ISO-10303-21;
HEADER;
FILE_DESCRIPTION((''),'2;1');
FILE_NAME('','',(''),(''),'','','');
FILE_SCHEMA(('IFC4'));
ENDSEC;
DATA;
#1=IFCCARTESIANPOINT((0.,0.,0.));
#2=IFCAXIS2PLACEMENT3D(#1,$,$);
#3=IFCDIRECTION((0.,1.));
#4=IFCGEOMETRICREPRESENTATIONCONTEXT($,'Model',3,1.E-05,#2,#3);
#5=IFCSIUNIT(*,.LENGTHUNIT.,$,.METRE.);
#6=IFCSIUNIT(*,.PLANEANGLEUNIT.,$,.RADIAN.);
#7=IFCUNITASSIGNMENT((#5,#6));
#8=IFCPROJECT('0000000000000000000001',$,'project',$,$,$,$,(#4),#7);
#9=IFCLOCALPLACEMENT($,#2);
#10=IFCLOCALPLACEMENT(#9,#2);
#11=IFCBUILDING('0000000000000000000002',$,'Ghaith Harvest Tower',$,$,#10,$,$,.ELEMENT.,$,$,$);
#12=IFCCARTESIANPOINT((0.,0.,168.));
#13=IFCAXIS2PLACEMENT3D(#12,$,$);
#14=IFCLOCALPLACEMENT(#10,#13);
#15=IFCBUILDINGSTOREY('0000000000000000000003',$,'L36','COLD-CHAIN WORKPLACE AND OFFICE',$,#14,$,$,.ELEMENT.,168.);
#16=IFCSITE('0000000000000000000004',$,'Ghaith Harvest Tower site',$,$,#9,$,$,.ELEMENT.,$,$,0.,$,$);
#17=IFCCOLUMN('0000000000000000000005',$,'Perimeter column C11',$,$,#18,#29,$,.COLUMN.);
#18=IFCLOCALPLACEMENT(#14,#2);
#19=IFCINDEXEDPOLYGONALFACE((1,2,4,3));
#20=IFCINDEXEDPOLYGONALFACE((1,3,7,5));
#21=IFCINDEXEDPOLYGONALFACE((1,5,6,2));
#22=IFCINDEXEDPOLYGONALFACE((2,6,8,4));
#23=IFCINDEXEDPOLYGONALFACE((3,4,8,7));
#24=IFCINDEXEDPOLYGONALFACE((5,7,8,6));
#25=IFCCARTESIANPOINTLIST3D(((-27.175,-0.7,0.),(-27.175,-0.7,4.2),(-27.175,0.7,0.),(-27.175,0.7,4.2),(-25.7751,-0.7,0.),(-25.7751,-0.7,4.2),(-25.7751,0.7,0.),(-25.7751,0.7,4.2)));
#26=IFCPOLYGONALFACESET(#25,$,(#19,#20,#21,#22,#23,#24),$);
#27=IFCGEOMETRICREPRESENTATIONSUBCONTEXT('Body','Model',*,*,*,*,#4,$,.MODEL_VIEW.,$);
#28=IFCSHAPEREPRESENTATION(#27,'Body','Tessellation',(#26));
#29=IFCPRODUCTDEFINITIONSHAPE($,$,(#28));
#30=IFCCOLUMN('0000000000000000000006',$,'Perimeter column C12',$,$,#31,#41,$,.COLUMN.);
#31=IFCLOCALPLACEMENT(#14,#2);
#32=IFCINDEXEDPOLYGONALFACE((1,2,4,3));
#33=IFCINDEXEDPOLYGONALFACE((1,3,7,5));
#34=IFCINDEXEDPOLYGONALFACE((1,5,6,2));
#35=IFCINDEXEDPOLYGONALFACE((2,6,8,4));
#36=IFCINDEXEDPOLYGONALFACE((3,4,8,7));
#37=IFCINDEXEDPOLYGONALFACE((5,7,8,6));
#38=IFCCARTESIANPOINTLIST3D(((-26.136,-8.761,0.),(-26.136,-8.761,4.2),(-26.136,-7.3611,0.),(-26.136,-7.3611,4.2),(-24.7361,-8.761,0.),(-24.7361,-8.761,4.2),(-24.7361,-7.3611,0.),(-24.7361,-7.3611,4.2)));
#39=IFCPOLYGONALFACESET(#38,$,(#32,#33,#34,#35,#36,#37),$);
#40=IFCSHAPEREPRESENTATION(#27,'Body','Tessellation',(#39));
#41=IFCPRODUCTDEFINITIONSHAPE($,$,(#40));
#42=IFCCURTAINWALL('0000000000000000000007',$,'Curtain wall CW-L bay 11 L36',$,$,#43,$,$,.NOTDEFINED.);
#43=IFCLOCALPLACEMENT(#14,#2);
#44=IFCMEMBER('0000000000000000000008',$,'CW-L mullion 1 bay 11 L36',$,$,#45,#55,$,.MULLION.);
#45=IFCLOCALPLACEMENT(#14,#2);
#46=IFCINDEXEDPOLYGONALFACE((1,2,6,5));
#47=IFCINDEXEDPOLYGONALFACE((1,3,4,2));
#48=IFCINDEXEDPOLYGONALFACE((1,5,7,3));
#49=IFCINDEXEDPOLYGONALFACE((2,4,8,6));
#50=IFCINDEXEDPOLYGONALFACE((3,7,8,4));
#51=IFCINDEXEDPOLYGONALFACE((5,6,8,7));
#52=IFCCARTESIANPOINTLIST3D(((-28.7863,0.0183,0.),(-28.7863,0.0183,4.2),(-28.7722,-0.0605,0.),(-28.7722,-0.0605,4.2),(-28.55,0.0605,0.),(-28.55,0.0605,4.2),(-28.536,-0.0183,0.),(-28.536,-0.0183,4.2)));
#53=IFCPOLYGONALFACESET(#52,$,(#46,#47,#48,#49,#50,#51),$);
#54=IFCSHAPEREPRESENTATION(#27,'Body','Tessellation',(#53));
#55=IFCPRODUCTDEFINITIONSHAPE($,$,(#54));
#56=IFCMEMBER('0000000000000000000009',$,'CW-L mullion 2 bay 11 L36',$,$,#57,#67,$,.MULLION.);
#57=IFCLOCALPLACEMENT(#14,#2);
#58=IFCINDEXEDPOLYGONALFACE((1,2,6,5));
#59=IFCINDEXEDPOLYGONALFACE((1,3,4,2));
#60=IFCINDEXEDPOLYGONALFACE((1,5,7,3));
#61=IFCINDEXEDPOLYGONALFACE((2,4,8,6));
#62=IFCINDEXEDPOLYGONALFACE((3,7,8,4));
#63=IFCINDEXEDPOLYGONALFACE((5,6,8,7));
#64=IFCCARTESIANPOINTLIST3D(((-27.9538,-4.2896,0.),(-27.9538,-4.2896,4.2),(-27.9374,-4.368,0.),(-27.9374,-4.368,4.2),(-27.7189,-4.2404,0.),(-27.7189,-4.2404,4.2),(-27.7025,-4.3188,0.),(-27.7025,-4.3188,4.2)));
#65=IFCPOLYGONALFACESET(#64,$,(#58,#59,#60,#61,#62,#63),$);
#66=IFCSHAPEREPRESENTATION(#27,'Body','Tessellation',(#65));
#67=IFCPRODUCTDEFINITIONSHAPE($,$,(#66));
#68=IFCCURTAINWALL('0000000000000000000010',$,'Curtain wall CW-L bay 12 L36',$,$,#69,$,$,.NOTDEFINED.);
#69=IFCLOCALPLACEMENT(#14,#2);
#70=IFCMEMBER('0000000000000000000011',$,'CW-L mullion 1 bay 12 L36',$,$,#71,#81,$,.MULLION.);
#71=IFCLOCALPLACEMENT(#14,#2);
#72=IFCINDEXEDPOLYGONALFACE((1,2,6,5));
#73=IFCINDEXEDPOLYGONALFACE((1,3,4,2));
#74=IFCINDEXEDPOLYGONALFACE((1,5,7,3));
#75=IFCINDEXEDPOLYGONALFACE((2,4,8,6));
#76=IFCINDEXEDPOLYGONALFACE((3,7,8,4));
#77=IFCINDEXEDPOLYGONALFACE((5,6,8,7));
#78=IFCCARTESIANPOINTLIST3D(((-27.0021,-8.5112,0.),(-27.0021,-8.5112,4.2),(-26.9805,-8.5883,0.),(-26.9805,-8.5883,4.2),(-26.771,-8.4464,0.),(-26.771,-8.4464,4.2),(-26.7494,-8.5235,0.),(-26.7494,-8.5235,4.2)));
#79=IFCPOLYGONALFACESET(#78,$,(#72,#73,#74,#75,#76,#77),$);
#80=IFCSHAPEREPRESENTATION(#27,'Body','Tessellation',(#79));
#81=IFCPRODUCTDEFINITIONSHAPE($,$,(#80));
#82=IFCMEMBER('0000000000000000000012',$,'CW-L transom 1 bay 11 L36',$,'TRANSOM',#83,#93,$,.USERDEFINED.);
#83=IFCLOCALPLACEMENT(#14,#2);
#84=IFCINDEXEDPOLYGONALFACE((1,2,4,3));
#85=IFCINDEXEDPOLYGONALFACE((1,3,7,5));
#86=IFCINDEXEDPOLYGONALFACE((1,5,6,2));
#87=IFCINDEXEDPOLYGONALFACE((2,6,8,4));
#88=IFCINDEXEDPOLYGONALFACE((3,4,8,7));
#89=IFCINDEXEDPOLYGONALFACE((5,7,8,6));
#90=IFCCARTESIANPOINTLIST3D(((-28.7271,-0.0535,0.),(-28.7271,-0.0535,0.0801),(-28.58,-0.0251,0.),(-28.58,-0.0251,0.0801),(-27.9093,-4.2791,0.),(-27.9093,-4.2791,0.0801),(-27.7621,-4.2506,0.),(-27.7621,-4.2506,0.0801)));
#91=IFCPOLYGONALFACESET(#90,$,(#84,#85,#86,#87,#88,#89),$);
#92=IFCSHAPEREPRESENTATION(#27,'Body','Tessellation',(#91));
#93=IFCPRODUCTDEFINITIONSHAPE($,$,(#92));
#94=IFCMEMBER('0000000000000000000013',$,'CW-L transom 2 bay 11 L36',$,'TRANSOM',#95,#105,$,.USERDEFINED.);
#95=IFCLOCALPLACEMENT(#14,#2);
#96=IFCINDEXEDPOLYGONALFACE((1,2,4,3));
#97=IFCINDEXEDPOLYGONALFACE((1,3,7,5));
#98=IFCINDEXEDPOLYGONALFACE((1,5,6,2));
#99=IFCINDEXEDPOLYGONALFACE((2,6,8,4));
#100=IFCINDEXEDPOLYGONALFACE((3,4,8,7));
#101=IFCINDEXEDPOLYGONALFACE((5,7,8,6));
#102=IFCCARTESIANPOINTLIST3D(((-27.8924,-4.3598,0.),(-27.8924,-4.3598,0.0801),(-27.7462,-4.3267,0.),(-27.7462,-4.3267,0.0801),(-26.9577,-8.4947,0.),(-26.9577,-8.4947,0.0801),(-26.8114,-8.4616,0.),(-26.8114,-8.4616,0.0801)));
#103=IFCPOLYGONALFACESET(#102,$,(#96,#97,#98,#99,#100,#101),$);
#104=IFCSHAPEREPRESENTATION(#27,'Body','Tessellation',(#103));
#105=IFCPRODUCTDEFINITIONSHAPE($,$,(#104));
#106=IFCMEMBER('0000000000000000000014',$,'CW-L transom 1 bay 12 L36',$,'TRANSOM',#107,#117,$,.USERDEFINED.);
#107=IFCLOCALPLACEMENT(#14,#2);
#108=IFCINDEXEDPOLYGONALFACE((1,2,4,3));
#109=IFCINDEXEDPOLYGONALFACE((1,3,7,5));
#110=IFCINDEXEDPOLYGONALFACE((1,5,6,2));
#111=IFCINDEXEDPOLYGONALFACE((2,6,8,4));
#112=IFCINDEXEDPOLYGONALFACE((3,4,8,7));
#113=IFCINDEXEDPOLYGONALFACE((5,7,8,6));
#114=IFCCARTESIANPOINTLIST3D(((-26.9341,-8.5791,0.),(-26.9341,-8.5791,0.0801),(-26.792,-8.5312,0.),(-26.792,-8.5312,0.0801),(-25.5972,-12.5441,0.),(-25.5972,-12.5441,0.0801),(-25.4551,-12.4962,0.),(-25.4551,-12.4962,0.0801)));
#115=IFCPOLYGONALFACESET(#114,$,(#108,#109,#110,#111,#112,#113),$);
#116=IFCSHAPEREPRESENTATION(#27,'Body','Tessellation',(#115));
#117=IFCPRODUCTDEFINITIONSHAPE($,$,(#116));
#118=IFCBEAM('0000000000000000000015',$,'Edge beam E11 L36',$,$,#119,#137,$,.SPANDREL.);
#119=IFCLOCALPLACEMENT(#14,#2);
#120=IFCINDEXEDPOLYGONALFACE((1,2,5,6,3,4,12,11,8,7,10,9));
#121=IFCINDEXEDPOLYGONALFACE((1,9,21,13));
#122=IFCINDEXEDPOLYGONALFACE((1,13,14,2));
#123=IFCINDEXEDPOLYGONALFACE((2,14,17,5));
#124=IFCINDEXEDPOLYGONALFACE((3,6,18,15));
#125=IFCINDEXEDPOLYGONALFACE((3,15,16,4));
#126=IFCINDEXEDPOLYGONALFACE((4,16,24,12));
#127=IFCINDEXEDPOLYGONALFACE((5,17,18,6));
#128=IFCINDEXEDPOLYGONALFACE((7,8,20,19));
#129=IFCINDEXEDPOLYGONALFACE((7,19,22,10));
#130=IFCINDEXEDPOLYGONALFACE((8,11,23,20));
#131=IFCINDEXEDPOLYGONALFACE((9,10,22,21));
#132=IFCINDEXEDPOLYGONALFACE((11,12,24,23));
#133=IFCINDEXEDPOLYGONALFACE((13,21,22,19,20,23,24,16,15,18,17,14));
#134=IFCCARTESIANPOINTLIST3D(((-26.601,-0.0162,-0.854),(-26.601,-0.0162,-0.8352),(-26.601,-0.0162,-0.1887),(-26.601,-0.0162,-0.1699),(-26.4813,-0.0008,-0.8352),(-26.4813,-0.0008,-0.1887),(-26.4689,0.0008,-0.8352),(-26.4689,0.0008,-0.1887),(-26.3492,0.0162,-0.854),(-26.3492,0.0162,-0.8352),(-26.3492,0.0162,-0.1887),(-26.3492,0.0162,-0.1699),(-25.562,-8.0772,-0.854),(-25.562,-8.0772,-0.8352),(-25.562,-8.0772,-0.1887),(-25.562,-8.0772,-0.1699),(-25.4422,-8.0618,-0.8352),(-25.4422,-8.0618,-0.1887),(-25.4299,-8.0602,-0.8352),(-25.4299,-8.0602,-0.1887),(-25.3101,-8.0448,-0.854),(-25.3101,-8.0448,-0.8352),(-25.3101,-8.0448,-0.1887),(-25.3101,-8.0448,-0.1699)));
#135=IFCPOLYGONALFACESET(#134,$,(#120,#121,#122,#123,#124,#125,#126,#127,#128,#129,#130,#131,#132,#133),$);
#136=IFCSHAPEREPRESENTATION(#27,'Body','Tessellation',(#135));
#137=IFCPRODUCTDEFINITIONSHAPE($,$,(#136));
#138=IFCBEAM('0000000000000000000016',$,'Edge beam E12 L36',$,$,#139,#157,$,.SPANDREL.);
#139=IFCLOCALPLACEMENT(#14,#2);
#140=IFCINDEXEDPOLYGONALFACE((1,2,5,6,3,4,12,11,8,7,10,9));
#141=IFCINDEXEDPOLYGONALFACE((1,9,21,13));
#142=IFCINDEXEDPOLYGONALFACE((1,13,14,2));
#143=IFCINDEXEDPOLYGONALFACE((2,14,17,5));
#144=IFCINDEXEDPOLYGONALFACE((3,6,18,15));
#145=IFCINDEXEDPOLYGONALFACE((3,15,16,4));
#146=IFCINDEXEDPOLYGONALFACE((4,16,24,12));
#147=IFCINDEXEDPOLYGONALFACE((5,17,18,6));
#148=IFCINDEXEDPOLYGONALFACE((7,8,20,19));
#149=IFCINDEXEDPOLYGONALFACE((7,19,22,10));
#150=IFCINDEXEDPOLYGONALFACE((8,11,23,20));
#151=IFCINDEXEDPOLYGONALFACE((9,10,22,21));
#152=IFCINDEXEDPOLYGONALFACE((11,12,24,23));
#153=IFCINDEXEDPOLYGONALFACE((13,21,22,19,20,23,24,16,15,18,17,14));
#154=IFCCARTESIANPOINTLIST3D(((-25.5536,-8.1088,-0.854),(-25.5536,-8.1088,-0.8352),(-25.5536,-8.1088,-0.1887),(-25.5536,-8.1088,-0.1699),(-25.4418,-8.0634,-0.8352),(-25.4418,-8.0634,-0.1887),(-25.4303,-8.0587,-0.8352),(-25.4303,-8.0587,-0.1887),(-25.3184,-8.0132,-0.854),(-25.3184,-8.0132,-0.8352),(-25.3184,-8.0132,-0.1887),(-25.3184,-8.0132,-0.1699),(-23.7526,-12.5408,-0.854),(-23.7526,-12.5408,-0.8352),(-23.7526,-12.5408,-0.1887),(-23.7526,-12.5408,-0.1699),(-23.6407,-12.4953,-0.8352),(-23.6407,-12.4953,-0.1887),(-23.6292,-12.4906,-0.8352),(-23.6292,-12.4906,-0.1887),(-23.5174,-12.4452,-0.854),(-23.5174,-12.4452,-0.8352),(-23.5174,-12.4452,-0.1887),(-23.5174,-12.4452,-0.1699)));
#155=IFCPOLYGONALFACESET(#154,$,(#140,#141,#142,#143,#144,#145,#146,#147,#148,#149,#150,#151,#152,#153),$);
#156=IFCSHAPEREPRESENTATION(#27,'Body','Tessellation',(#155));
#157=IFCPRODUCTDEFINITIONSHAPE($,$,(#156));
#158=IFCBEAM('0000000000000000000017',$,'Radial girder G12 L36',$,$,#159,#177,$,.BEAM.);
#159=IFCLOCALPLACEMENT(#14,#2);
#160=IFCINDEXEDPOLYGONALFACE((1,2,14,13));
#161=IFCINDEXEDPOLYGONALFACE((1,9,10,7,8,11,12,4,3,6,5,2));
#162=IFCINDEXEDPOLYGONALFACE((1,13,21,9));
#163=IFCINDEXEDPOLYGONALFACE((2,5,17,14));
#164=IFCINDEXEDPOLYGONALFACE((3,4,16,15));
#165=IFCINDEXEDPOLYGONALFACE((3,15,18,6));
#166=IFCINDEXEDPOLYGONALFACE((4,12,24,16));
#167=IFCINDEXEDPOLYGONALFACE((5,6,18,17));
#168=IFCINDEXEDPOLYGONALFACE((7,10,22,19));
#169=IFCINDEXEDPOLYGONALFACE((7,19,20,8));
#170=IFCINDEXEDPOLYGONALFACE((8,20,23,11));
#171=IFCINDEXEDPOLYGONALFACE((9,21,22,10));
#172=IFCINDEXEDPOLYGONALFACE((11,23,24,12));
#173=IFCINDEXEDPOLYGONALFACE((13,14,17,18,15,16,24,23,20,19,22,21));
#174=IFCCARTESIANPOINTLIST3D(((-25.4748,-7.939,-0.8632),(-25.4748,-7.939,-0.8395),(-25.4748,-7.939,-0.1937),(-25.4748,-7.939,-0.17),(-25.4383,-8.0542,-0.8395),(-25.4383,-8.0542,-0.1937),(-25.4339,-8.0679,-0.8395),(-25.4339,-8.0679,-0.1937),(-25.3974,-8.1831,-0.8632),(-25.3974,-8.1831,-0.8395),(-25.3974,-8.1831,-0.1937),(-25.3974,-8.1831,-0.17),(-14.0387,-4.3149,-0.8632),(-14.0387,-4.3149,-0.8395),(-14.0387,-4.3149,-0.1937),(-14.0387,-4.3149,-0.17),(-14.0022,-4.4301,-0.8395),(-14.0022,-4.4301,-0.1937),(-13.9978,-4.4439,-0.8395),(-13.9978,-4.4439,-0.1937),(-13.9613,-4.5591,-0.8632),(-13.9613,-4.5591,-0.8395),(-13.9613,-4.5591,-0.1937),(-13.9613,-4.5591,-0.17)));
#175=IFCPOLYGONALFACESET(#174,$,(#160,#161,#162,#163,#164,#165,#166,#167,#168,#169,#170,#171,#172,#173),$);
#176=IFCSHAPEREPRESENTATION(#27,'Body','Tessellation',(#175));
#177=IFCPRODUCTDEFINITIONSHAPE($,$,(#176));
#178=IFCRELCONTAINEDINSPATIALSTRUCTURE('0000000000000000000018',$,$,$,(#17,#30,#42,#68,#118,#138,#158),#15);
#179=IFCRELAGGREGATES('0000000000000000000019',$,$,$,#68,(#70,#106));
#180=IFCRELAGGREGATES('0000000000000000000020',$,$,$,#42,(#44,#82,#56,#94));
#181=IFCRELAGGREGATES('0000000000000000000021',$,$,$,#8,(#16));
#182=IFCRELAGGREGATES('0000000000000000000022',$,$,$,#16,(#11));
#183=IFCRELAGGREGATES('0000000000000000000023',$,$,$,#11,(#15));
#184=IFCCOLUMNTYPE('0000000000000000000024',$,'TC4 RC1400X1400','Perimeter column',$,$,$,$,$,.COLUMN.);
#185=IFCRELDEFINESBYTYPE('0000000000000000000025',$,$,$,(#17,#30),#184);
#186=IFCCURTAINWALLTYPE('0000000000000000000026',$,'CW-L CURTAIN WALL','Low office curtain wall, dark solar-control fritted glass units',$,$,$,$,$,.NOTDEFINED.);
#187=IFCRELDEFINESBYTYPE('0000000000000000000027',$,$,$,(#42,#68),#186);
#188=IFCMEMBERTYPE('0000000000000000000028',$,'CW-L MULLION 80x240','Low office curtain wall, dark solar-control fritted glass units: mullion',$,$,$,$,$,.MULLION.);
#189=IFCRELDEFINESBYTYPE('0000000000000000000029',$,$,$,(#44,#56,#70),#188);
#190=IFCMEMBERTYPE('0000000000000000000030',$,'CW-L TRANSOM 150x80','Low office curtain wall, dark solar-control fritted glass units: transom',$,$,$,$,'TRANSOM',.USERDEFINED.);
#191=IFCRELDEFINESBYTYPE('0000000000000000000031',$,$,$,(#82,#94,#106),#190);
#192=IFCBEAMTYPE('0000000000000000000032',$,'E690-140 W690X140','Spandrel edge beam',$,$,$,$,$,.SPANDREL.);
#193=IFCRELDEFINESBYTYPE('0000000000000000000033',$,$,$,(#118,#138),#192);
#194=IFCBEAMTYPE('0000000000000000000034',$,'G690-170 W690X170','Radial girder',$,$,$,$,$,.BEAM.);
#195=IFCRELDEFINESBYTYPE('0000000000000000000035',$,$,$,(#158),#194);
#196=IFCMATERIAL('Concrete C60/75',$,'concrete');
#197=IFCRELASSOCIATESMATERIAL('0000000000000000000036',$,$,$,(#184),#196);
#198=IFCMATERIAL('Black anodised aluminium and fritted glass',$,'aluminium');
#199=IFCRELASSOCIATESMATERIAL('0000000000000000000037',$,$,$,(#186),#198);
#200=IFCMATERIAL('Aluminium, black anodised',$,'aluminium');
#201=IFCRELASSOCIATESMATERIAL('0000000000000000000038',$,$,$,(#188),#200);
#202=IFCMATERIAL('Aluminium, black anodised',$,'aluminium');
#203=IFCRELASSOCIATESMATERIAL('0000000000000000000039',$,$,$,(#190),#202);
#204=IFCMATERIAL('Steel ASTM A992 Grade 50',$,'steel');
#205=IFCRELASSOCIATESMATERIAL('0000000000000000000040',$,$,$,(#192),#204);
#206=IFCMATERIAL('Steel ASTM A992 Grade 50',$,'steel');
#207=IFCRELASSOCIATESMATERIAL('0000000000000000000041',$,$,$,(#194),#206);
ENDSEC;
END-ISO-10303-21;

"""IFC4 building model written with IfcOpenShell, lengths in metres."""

from ifc_helpers import new_model, si_unit, direction, frame, origin, origin_2d, place, context, subcontext, project, spatial, rectangle, i_section, extrude, material, material_profile, profile_set, type_object, element, aggregate, save


model = new_model("IFC4")

# Units and contexts
model_context = context("Model", 3, precision=1e-05, world=origin(), true_north=direction((0.0, 1.0)))
body_context = subcontext(model_context, "Body", "Model", "MODEL_VIEW")
ifc_project = project(units=[si_unit("LENGTHUNIT", "METRE"), si_unit("PLANEANGLEUNIT", "RADIAN")], contexts=[model_context])

# Site, building, storey
site_placement = place(None, origin())
site = spatial("IfcSite", under=ifc_project, at=site_placement, Name="Ghaith Harvest Tower site", CompositionType="ELEMENT", RefElevation=0.0)
building_placement = place(site_placement, origin())
building = spatial("IfcBuilding", under=site, at=building_placement, Name="Ghaith Harvest Tower", CompositionType="ELEMENT")
storey_placement = place(building_placement, frame((0.0, 0.0, 168.0)))
storey = spatial("IfcBuildingStorey", under=building, at=storey_placement, Name="L36", Description="COLD-CHAIN WORKPLACE AND OFFICE", CompositionType="ELEMENT", Elevation=168.0)

# Columns
ifc_material_1 = material(Name="Concrete C60/75", Category="concrete")
ifc_material_profile_1 = material_profile(ifc_material_1, rectangle(XDim=1.3999, YDim=1.3999, at=origin_2d()), Name="RC1400X1400")
ifc_profile_set_1 = profile_set([ifc_material_profile_1], Name="Concrete C60/75")
column_type = type_object("IfcColumnType", Name="TC4 RC1400X1400", Description="Perimeter column", PredefinedType="COLUMN", material=ifc_profile_set_1)
for number, where, z_axis, x_axis, name in (
    (1, (-26.4751, 0.0, 0.0), (0.0, 0.0, 1.0), (1.0, 0.0, 0.0), "Perimeter column C11"),
    (2, (-25.436, -8.061, 0.0), (0.0, 0.0, 1.0), (1.0, 0.0, 0.0), "Perimeter column C12"),
):
    element("IfcColumn", number, at=place(storey_placement, frame(where, z_axis=z_axis, x_axis=x_axis)), inside=storey, type_object=column_type, Name=name, PredefinedType="COLUMN", context=body_context, shape_type="SweptSolid", body=[
        extrude(rectangle(XDim=1.3999, YDim=1.3999, at=origin_2d()), origin(), (0.0, 0.0, 1.0), 4.2),
    ])

# Curtain wall, members
ifc_material_2 = material(Name="Black anodised aluminium and fritted glass", Category="aluminium")
curtain_wall_type = type_object("IfcCurtainWallType", Name="CW-L CURTAIN WALL", Description="Low office curtain wall, dark solar-control fritted glass units", PredefinedType="NOTDEFINED", material=ifc_material_2)
curtain_wall_1_placement = place(storey_placement, origin())
curtain_wall_1 = element("IfcCurtainWall", 3, at=curtain_wall_1_placement, inside=storey, type_object=curtain_wall_type, Name="Curtain wall CW-L bay 11 L36", PredefinedType="NOTDEFINED")
ifc_material_3 = material(Name="Aluminium, black anodised", Category="aluminium")
ifc_material_profile_2 = material_profile(ifc_material_3, rectangle(XDim=0.0801, YDim=0.24, at=origin_2d()), Name="CW-L MULLION 80x240")
ifc_profile_set_2 = profile_set([ifc_material_profile_2], Name="Aluminium, black anodised")
member_type_1 = type_object("IfcMemberType", Name="CW-L MULLION 80x240", Description="Low office curtain wall, dark solar-control fritted glass units: mullion", PredefinedType="MULLION", material=ifc_profile_set_2)
member_1_placement = place(storey_placement, frame((-28.6611, 0.0, 0.0), z_axis=(0.0, 0.0, 1.0), x_axis=(0.175827, -0.984421, 0.0)))
member_1 = element("IfcMember", 4, at=member_1_placement, type_object=member_type_1, Name="CW-L mullion 1 bay 11 L36", PredefinedType="MULLION", context=body_context, shape_type="SweptSolid", body=[
    extrude(rectangle(XDim=0.0801, YDim=0.24, at=origin_2d()), origin(), (0.0, 0.0, 1.0), 4.2),
])
member_2_placement = place(storey_placement, frame((-27.8281, -4.3042, 0.0), z_axis=(0.0, 0.0, 1.0), x_axis=(0.205176, -0.978725, 0.0)))
member_2 = element("IfcMember", 5, at=member_2_placement, type_object=member_type_1, Name="CW-L mullion 2 bay 11 L36", PredefinedType="MULLION", context=body_context, shape_type="SweptSolid", body=[
    extrude(rectangle(XDim=0.0801, YDim=0.24, at=origin_2d()), origin(), (0.0, 0.0, 1.0), 4.2),
])

# Curtain wall, member
curtain_wall_2_placement = place(storey_placement, origin())
curtain_wall_2 = element("IfcCurtainWall", 6, at=curtain_wall_2_placement, inside=storey, type_object=curtain_wall_type, Name="Curtain wall CW-L bay 12 L36", PredefinedType="NOTDEFINED")
member_3_placement = place(storey_placement, frame((-26.8757, -8.5173, 0.0), z_axis=(0.0, 0.0, 1.0), x_axis=(0.270019, -0.962855, 0.0)))
member_3 = element("IfcMember", 7, at=member_3_placement, type_object=member_type_1, Name="CW-L mullion 1 bay 12 L36", PredefinedType="MULLION", context=body_context, shape_type="SweptSolid", body=[
    extrude(rectangle(XDim=0.0801, YDim=0.24, at=origin_2d()), origin(), (0.0, 0.0, 1.0), 4.2),
])

# Members
ifc_material_4 = material(Name="Aluminium, black anodised", Category="aluminium")
ifc_material_profile_3 = material_profile(ifc_material_4, rectangle(XDim=0.1499, YDim=0.0801, at=origin_2d()), Name="CW-L TRANSOM 150x80")
ifc_profile_set_3 = profile_set([ifc_material_profile_3], Name="Aluminium, black anodised")
member_type_2 = type_object("IfcMemberType", Name="CW-L TRANSOM 150x80", Description="Low office curtain wall, dark solar-control fritted glass units: transom", ElementType="TRANSOM", PredefinedType="USERDEFINED", material=ifc_profile_set_3)
member_4_placement = place(storey_placement, frame((-28.6536, -0.0393, 0.04), z_axis=(0.190025, -0.981779, 0.0), x_axis=(0.981779, 0.190025, 0.0)))
member_4 = element("IfcMember", 8, at=member_4_placement, type_object=member_type_2, Name="CW-L transom 1 bay 11 L36", ObjectType="TRANSOM", PredefinedType="USERDEFINED", context=body_context, shape_type="SweptSolid", body=[
    extrude(rectangle(XDim=0.1499, YDim=0.0801, at=origin_2d()), origin(), (0.0, 0.0, 1.0), 4.304),
])
member_5_placement = place(storey_placement, frame((-27.8193, -4.3433, 0.04), z_axis=(0.220508, -0.975385, 0.0), x_axis=(0.975385, 0.220508, 0.0)))
member_5 = element("IfcMember", 9, at=member_5_placement, type_object=member_type_2, Name="CW-L transom 2 bay 11 L36", ObjectType="TRANSOM", PredefinedType="USERDEFINED", context=body_context, shape_type="SweptSolid", body=[
    extrude(rectangle(XDim=0.1499, YDim=0.0801, at=origin_2d()), origin(), (0.0, 0.0, 1.0), 4.2393),
])
member_6_placement = place(storey_placement, frame((-26.863, -8.5552, 0.04), z_axis=(0.319499, -0.947587, 0.0), x_axis=(0.947587, 0.319499, 0.0)))
member_6 = element("IfcMember", 10, at=member_6_placement, type_object=member_type_2, Name="CW-L transom 1 bay 12 L36", ObjectType="TRANSOM", PredefinedType="USERDEFINED", context=body_context, shape_type="SweptSolid", body=[
    extrude(rectangle(XDim=0.1499, YDim=0.0801, at=origin_2d()), origin(), (0.0, 0.0, 1.0), 4.1843),
])
aggregate(curtain_wall_2, [member_3, member_6])

# Beams
ifc_material_5 = material(Name="Steel ASTM A992 Grade 50", Category="steel")
ifc_material_profile_4 = material_profile(ifc_material_5, i_section(OverallWidth=0.2539, OverallDepth=0.6841, WebThickness=0.0125, FlangeThickness=0.0188, at=origin_2d()), Name="W690X140")
ifc_profile_set_4 = profile_set([ifc_material_profile_4], Name="Steel ASTM A992 Grade 50")
beam_type_1 = type_object("IfcBeamType", Name="E690-140 W690X140", Description="Spandrel edge beam", PredefinedType="SPANDREL", material=ifc_profile_set_4)
beam_1_placement = place(storey_placement, frame((-26.4751, 0.0, -0.512), z_axis=(0.127842, -0.991795, 0.0), x_axis=(0.991795, 0.127842, 0.0)))
element("IfcBeam", 11, at=beam_1_placement, inside=storey, type_object=beam_type_1, Name="Edge beam E11 L36", PredefinedType="SPANDREL", context=body_context, shape_type="SweptSolid", body=[
    extrude(i_section(OverallWidth=0.2539, OverallDepth=0.6841, WebThickness=0.0125, FlangeThickness=0.0188, at=origin_2d()), origin(), (0.0, 0.0, 1.0), 8.1277),
])
beam_2_placement = place(storey_placement, frame((-25.436, -8.061, -0.512), z_axis=(0.37648, -0.926425, 0.0), x_axis=(0.926425, 0.37648, 0.0)))
element("IfcBeam", 12, at=beam_2_placement, inside=storey, type_object=beam_type_1, Name="Edge beam E12 L36", PredefinedType="SPANDREL", context=body_context, shape_type="SweptSolid", body=[
    extrude(i_section(OverallWidth=0.2539, OverallDepth=0.6841, WebThickness=0.0125, FlangeThickness=0.0188, at=origin_2d()), origin(), (0.0, 0.0, 1.0), 4.7839),
])
ifc_material_6 = material(Name="Steel ASTM A992 Grade 50", Category="steel")
ifc_material_profile_5 = material_profile(ifc_material_6, i_section(OverallWidth=0.2561, OverallDepth=0.6931, WebThickness=0.0144, FlangeThickness=0.0237, at=origin_2d()), Name="W690X170")
ifc_profile_set_5 = profile_set([ifc_material_profile_5], Name="Steel ASTM A992 Grade 50")
beam_type_2 = type_object("IfcBeamType", Name="G690-170 W690X170", Description="Radial girder", PredefinedType="BEAM", material=ifc_profile_set_5)
beam_3_placement = place(storey_placement, frame((-14.0, -4.437, -0.5166), z_axis=(-0.95328, -0.30209, 0.0), x_axis=(0.30209, -0.95328, 0.0)))
element("IfcBeam", 13, at=beam_3_placement, inside=storey, type_object=beam_type_2, Name="Radial girder G12 L36", PredefinedType="BEAM", context=body_context, shape_type="SweptSolid", body=[
    extrude(i_section(OverallWidth=0.2561, OverallDepth=0.6931, WebThickness=0.0144, FlangeThickness=0.0237, at=origin_2d()), origin(), (0.0, 0.0, 1.0), 11.9966),
])

aggregate(curtain_wall_1, [member_1, member_4, member_2, member_5])

save(model, "model.ifc")
